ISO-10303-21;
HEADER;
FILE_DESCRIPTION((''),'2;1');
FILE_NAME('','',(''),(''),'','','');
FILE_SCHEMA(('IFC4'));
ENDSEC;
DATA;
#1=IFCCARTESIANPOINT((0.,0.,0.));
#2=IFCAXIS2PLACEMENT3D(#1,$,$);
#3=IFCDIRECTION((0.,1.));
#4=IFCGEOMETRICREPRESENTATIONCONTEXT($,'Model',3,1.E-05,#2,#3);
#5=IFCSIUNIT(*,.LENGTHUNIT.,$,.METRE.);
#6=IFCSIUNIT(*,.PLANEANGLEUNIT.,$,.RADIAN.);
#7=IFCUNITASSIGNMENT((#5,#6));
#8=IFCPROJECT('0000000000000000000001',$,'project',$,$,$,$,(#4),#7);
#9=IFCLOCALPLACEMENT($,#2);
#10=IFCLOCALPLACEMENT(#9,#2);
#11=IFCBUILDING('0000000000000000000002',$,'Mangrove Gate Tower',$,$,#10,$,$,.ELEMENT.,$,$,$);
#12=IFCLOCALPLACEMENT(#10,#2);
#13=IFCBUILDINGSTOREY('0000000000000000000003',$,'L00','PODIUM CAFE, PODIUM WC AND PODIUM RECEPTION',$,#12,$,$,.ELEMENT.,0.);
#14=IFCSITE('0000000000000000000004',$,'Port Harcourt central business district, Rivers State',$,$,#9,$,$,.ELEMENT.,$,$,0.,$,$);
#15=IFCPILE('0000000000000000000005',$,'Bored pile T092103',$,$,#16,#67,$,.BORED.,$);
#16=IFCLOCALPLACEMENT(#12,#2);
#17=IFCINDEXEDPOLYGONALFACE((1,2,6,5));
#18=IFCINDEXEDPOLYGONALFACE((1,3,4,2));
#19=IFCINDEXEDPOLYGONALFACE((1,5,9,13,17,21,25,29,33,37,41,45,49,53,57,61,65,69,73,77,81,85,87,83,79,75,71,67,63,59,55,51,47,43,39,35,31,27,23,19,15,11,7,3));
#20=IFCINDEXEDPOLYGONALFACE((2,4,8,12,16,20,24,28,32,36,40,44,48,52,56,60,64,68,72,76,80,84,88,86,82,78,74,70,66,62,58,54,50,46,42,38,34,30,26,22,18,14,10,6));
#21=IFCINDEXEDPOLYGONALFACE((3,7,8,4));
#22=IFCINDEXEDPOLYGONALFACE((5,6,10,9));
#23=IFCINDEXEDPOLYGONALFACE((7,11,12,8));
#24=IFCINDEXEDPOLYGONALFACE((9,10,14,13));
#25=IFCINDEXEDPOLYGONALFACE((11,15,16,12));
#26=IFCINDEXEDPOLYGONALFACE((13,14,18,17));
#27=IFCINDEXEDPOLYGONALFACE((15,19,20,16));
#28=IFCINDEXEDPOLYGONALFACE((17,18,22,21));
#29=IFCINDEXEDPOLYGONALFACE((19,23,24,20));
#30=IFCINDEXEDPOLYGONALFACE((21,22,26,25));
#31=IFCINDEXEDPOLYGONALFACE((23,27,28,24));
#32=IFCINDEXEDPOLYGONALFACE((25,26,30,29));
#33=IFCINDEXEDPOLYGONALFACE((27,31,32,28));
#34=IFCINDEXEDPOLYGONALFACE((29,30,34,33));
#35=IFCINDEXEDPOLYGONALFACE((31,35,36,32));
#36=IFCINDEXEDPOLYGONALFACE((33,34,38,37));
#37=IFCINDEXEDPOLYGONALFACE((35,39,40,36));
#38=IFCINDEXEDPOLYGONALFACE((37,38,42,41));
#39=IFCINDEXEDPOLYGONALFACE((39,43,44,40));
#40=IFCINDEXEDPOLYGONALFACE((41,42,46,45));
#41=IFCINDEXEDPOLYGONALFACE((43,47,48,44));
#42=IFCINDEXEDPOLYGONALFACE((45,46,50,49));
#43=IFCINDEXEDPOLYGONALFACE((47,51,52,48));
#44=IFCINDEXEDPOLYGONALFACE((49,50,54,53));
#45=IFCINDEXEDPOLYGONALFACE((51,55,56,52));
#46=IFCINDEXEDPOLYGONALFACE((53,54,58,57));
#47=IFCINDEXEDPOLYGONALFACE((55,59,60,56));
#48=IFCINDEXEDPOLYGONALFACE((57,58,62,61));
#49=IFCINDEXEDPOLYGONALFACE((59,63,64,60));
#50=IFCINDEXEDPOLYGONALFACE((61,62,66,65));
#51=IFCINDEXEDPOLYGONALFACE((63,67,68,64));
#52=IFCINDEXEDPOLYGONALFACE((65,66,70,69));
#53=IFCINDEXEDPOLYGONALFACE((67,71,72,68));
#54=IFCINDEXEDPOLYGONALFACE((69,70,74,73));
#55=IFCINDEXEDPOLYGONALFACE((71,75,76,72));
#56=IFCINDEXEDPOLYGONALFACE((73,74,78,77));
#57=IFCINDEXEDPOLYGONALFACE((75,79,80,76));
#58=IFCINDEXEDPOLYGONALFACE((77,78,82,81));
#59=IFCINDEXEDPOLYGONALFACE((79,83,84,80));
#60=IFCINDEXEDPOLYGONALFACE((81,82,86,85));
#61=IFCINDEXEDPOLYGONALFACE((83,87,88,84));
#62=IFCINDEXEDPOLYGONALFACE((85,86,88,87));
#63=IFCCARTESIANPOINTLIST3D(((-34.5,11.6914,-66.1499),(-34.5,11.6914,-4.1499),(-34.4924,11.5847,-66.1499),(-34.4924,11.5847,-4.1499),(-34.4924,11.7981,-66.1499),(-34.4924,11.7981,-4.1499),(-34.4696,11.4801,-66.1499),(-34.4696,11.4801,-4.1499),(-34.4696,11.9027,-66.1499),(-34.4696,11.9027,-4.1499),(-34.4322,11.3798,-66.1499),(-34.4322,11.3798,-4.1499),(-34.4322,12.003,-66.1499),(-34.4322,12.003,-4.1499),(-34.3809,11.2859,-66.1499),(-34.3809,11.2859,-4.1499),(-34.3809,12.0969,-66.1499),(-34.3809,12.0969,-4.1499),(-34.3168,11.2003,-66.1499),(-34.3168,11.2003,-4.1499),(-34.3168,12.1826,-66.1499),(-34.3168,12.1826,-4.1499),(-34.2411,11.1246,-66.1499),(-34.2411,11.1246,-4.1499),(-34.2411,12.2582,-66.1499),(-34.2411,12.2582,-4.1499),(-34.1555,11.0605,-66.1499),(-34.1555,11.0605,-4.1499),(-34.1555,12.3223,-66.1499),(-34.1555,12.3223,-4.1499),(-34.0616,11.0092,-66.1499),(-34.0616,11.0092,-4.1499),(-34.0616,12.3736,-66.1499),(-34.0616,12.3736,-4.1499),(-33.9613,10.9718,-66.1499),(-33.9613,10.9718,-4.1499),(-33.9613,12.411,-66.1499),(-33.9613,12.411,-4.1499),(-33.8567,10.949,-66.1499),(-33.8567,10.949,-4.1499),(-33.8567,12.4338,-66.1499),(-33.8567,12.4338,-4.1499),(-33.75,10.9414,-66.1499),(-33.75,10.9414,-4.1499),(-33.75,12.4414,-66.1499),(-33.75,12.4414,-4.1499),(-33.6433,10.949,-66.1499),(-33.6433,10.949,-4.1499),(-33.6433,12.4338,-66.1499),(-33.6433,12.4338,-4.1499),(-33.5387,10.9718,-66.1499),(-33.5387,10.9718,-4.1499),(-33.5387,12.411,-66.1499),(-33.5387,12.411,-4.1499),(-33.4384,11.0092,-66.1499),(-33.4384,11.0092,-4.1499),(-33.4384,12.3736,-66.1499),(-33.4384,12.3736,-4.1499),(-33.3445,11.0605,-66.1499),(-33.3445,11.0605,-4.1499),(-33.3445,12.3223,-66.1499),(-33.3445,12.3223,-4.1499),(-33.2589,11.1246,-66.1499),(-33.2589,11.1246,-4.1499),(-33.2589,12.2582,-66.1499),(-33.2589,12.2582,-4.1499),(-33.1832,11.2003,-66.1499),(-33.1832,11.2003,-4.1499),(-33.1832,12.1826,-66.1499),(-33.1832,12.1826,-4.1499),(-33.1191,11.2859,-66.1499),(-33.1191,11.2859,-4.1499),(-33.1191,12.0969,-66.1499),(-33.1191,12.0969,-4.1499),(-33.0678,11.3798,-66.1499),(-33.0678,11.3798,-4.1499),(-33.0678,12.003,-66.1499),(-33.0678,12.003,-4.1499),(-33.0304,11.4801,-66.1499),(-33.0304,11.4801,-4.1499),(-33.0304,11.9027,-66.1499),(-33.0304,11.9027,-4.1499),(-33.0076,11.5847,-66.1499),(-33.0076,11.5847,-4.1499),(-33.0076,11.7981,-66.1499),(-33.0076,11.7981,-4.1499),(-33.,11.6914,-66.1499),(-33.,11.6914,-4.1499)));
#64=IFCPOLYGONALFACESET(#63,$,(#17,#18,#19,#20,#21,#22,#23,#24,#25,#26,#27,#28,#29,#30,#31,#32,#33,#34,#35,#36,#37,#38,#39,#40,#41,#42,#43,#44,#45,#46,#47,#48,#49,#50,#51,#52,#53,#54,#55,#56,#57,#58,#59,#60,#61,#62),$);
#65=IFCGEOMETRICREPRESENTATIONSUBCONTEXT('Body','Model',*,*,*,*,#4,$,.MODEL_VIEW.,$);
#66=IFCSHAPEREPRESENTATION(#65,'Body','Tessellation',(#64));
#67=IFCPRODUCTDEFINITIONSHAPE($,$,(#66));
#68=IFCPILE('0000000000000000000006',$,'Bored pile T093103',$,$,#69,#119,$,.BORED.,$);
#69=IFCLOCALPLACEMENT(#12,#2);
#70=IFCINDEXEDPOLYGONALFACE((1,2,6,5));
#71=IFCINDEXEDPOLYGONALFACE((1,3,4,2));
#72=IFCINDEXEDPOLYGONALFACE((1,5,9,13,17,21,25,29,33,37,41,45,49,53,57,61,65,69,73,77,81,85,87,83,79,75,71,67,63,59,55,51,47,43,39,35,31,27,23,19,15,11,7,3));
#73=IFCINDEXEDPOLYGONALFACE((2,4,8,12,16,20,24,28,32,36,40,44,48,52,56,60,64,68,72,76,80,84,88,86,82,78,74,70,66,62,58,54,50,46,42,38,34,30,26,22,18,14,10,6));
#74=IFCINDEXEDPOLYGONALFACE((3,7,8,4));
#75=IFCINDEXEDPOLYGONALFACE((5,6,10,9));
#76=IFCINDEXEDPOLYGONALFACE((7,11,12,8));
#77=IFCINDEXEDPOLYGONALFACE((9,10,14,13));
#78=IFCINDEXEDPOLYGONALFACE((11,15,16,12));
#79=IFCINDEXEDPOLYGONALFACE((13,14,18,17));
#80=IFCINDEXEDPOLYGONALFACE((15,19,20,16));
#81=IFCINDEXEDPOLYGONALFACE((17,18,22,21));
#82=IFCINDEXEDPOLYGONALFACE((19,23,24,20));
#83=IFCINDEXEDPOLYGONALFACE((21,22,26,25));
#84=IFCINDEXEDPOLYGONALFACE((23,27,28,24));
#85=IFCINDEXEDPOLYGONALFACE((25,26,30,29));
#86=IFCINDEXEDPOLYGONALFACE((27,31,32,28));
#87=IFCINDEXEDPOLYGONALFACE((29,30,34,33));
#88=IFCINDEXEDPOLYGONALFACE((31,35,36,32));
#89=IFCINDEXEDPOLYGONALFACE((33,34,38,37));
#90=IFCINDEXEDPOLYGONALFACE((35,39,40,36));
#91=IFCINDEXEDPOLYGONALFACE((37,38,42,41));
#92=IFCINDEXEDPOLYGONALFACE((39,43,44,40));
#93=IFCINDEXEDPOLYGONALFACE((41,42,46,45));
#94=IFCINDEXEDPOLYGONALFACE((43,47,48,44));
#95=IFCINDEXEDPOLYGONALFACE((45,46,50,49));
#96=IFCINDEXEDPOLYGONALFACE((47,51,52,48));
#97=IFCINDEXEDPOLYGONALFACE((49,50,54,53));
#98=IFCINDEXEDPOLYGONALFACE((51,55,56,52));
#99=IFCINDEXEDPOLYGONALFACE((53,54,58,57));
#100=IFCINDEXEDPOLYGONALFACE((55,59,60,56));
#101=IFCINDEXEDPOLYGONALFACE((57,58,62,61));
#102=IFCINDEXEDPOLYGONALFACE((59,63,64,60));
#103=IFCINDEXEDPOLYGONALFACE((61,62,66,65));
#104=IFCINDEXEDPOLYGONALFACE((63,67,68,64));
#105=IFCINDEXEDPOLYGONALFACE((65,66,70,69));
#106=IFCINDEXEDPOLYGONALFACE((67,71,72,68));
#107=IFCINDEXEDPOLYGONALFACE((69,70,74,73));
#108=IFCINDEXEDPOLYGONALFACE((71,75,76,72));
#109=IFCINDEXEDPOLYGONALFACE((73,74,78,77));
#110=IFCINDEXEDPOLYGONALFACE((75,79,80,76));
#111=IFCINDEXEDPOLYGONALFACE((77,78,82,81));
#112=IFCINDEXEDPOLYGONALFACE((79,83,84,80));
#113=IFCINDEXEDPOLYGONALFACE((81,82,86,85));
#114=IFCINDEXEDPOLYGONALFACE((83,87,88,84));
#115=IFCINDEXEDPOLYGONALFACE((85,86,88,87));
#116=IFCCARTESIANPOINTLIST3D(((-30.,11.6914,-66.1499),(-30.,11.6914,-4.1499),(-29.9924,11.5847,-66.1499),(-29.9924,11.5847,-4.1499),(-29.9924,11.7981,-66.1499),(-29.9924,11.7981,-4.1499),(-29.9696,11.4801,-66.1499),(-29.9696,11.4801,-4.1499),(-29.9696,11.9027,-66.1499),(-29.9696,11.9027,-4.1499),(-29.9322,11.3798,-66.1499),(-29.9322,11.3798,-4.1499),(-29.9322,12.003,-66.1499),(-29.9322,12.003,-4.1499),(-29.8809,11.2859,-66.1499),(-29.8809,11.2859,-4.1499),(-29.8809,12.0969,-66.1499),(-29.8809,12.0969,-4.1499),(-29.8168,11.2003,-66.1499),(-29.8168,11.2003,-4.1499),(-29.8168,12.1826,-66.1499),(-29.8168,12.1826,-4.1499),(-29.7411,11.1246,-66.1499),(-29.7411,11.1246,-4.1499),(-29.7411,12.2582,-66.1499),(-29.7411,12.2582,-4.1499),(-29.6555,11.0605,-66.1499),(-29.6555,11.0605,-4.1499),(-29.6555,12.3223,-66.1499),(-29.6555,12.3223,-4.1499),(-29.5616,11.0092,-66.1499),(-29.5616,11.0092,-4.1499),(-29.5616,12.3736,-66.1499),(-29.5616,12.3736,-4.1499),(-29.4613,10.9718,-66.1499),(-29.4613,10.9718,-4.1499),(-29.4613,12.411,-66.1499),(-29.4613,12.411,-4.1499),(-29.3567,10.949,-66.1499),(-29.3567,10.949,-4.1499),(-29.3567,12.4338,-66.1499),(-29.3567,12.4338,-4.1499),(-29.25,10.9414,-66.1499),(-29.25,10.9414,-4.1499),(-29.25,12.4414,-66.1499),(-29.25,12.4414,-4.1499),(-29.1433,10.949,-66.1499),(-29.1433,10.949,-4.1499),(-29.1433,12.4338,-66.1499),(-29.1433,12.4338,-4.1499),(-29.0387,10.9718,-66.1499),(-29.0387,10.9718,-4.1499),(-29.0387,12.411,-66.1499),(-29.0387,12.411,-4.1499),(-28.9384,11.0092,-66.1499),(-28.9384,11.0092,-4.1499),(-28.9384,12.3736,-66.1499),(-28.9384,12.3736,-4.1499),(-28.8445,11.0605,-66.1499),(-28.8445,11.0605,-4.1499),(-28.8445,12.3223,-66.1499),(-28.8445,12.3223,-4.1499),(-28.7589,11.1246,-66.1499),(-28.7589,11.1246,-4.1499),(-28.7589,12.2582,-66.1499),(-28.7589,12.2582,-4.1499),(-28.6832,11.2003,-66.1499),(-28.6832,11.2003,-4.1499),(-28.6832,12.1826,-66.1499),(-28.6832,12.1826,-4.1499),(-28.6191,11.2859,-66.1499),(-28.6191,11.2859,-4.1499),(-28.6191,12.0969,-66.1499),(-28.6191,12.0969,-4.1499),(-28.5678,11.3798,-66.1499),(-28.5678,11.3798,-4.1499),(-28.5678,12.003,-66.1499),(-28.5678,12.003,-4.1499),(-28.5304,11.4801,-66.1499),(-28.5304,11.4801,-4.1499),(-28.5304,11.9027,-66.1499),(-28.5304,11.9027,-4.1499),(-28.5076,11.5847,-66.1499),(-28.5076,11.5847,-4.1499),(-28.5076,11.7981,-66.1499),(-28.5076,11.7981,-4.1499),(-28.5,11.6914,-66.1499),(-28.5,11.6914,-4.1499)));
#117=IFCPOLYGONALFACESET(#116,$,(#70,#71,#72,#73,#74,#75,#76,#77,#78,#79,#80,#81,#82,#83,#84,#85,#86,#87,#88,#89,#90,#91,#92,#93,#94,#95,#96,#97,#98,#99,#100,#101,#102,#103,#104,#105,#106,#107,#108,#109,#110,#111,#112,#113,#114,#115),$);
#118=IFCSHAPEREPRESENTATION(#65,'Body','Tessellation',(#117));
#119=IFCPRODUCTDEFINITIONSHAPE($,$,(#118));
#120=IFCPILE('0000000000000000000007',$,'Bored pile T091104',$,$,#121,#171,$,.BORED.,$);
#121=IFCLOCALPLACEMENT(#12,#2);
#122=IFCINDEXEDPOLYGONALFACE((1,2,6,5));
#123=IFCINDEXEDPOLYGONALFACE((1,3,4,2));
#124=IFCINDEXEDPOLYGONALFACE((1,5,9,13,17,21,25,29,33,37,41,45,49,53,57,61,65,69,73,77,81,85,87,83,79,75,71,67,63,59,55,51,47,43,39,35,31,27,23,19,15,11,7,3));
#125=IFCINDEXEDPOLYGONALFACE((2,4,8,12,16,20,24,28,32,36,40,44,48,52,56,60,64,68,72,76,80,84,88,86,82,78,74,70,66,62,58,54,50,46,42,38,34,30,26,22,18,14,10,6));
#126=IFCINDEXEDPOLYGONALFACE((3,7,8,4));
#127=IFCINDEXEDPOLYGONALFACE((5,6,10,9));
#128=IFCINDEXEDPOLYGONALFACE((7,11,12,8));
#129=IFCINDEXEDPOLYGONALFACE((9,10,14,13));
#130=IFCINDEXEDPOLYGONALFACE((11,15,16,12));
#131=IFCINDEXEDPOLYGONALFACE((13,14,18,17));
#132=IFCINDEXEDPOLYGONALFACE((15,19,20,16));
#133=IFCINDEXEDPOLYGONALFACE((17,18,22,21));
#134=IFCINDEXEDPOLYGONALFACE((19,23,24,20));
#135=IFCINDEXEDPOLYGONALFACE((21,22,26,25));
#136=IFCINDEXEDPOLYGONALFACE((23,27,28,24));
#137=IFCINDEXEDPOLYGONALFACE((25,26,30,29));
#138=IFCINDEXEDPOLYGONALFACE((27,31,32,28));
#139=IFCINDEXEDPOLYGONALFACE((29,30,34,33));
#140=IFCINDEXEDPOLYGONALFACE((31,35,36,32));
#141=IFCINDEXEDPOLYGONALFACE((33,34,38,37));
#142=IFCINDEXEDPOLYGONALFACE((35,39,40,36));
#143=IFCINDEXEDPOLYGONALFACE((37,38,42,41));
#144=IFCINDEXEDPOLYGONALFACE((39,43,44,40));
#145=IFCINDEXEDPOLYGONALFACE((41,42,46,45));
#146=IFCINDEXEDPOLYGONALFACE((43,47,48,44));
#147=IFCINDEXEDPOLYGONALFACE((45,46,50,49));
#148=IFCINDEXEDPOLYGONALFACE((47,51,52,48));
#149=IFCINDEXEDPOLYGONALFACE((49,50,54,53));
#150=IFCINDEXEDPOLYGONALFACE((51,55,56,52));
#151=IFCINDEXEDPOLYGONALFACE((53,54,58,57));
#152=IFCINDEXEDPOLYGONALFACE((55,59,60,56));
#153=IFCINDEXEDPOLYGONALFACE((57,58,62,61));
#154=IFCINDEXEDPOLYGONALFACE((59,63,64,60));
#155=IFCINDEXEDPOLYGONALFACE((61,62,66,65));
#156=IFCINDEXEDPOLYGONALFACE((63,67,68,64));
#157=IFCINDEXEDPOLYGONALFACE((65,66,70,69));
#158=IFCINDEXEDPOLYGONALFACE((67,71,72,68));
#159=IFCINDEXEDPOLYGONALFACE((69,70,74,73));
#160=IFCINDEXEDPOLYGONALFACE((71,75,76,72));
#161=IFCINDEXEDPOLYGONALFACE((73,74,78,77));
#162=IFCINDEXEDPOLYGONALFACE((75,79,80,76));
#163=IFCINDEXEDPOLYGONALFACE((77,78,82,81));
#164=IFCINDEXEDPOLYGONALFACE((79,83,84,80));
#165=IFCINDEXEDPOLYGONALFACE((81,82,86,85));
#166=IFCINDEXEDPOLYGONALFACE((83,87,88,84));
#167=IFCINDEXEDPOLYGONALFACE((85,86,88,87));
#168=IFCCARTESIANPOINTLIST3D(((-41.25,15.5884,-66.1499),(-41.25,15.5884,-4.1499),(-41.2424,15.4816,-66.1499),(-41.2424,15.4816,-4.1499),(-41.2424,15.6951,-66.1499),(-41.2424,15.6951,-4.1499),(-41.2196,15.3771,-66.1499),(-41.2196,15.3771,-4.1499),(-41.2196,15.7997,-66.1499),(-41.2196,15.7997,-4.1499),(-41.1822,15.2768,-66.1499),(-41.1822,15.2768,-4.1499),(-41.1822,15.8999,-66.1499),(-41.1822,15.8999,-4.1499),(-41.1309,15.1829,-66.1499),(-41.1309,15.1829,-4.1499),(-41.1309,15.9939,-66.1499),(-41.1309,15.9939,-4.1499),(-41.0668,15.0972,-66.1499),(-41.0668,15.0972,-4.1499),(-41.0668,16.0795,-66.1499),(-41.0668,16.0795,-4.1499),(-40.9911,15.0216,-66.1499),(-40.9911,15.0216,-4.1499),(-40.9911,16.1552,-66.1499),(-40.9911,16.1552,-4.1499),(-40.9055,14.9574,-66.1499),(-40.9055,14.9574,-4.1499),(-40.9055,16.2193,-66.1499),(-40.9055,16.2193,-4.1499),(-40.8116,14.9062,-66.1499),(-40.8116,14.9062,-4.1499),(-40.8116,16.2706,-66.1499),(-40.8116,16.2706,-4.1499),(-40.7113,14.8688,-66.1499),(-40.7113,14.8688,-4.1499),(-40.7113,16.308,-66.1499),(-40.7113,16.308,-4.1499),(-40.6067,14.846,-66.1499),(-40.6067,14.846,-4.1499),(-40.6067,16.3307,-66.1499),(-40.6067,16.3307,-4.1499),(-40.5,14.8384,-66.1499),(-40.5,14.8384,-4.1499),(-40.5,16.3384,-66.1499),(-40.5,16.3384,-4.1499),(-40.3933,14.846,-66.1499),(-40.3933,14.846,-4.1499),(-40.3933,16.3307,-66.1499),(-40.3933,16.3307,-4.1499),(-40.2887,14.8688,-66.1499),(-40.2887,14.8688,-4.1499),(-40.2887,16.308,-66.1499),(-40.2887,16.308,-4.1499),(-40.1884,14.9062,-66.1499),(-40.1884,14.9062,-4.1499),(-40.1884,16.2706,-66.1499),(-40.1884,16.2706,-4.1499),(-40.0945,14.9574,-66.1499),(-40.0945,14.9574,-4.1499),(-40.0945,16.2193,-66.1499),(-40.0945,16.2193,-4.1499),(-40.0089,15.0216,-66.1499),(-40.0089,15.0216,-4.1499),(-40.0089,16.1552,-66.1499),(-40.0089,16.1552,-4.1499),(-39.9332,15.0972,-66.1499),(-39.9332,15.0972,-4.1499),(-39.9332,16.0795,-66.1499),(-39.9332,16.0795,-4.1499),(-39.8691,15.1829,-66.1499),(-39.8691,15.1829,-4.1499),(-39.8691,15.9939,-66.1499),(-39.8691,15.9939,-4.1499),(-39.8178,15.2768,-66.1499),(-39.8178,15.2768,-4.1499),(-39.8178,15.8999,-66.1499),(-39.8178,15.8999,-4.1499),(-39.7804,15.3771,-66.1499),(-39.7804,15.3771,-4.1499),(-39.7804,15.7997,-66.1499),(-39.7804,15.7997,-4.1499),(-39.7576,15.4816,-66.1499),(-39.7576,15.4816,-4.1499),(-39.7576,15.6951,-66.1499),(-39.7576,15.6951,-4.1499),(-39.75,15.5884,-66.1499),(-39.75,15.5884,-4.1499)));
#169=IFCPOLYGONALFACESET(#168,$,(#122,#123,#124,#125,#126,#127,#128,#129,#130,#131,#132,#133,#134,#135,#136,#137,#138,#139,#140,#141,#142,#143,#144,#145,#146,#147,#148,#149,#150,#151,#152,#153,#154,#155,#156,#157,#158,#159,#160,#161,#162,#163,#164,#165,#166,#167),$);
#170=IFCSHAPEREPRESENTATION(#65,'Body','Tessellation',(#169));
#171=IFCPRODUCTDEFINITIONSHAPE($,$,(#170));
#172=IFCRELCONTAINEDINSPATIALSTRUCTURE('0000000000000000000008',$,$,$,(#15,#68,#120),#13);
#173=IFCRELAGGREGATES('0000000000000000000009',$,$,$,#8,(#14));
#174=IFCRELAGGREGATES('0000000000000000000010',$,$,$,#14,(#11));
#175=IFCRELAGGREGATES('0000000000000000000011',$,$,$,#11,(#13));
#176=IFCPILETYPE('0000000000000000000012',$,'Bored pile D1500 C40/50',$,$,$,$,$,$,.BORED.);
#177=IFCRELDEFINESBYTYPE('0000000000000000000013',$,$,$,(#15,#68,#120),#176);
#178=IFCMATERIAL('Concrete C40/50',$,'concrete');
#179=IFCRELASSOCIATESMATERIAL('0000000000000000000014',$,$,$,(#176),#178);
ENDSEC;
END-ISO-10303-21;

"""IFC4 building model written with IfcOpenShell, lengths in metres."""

from ifc_helpers import new_model, si_unit, direction, frame, origin, origin_2d, place, context, subcontext, project, spatial, circle, extrude, material, material_profile, profile_set, type_object, element, save


model = new_model("IFC4")

# Units and contexts
model_context = context("Model", 3, precision=1e-05, world=origin(), true_north=direction((0.0, 1.0)))
body_context = subcontext(model_context, "Body", "Model", "MODEL_VIEW")
ifc_project = project(units=[si_unit("LENGTHUNIT", "METRE"), si_unit("PLANEANGLEUNIT", "RADIAN")], contexts=[model_context])

# Site, building, storey
site_placement = place(None, origin())
site = spatial("IfcSite", under=ifc_project, at=site_placement, Name="Port Harcourt central business district, Rivers State", CompositionType="ELEMENT", RefElevation=0.0)
building_placement = place(site_placement, origin())
building = spatial("IfcBuilding", under=site, at=building_placement, Name="Mangrove Gate Tower", CompositionType="ELEMENT")
storey_placement = place(building_placement, origin())
storey = spatial("IfcBuildingStorey", under=building, at=storey_placement, Name="L00", Description="PODIUM CAFE, PODIUM WC AND PODIUM RECEPTION", CompositionType="ELEMENT", Elevation=0.0)

# Piles
ifc_material_1 = material(Name="Concrete C40/50", Category="concrete")
ifc_material_profile_1 = material_profile(ifc_material_1, circle(Radius=0.75, at=origin_2d()))
ifc_profile_set_1 = profile_set([ifc_material_profile_1], Name="Concrete C40/50")
pile_type = type_object("IfcPileType", Name="Bored pile D1500 C40/50", PredefinedType="BORED", material=ifc_profile_set_1)
for number, where, z_axis, x_axis, name in (
    (1, (-33.75, 11.6914, -4.1499), (0.0, 0.0, -1.0), (1.0, 0.0, 0.0), "Bored pile T092103"),
    (2, (-29.25, 11.6914, -4.1499), (0.0, 0.0, -1.0), (1.0, 0.0, 0.0), "Bored pile T093103"),
    (3, (-40.5, 15.5884, -4.1499), (0.0, 0.0, -1.0), (1.0, 0.0, 0.0), "Bored pile T091104"),
):
    element("IfcPile", number, at=place(storey_placement, frame(where, z_axis=z_axis, x_axis=x_axis)), inside=storey, type_object=pile_type, Name=name, PredefinedType="BORED", context=body_context, shape_type="SweptSolid", body=[
        extrude(circle(Radius=0.75, at=origin_2d()), origin(), (0.0, 0.0, 1.0), 62.0),
    ])

save(model, "model.ifc")
